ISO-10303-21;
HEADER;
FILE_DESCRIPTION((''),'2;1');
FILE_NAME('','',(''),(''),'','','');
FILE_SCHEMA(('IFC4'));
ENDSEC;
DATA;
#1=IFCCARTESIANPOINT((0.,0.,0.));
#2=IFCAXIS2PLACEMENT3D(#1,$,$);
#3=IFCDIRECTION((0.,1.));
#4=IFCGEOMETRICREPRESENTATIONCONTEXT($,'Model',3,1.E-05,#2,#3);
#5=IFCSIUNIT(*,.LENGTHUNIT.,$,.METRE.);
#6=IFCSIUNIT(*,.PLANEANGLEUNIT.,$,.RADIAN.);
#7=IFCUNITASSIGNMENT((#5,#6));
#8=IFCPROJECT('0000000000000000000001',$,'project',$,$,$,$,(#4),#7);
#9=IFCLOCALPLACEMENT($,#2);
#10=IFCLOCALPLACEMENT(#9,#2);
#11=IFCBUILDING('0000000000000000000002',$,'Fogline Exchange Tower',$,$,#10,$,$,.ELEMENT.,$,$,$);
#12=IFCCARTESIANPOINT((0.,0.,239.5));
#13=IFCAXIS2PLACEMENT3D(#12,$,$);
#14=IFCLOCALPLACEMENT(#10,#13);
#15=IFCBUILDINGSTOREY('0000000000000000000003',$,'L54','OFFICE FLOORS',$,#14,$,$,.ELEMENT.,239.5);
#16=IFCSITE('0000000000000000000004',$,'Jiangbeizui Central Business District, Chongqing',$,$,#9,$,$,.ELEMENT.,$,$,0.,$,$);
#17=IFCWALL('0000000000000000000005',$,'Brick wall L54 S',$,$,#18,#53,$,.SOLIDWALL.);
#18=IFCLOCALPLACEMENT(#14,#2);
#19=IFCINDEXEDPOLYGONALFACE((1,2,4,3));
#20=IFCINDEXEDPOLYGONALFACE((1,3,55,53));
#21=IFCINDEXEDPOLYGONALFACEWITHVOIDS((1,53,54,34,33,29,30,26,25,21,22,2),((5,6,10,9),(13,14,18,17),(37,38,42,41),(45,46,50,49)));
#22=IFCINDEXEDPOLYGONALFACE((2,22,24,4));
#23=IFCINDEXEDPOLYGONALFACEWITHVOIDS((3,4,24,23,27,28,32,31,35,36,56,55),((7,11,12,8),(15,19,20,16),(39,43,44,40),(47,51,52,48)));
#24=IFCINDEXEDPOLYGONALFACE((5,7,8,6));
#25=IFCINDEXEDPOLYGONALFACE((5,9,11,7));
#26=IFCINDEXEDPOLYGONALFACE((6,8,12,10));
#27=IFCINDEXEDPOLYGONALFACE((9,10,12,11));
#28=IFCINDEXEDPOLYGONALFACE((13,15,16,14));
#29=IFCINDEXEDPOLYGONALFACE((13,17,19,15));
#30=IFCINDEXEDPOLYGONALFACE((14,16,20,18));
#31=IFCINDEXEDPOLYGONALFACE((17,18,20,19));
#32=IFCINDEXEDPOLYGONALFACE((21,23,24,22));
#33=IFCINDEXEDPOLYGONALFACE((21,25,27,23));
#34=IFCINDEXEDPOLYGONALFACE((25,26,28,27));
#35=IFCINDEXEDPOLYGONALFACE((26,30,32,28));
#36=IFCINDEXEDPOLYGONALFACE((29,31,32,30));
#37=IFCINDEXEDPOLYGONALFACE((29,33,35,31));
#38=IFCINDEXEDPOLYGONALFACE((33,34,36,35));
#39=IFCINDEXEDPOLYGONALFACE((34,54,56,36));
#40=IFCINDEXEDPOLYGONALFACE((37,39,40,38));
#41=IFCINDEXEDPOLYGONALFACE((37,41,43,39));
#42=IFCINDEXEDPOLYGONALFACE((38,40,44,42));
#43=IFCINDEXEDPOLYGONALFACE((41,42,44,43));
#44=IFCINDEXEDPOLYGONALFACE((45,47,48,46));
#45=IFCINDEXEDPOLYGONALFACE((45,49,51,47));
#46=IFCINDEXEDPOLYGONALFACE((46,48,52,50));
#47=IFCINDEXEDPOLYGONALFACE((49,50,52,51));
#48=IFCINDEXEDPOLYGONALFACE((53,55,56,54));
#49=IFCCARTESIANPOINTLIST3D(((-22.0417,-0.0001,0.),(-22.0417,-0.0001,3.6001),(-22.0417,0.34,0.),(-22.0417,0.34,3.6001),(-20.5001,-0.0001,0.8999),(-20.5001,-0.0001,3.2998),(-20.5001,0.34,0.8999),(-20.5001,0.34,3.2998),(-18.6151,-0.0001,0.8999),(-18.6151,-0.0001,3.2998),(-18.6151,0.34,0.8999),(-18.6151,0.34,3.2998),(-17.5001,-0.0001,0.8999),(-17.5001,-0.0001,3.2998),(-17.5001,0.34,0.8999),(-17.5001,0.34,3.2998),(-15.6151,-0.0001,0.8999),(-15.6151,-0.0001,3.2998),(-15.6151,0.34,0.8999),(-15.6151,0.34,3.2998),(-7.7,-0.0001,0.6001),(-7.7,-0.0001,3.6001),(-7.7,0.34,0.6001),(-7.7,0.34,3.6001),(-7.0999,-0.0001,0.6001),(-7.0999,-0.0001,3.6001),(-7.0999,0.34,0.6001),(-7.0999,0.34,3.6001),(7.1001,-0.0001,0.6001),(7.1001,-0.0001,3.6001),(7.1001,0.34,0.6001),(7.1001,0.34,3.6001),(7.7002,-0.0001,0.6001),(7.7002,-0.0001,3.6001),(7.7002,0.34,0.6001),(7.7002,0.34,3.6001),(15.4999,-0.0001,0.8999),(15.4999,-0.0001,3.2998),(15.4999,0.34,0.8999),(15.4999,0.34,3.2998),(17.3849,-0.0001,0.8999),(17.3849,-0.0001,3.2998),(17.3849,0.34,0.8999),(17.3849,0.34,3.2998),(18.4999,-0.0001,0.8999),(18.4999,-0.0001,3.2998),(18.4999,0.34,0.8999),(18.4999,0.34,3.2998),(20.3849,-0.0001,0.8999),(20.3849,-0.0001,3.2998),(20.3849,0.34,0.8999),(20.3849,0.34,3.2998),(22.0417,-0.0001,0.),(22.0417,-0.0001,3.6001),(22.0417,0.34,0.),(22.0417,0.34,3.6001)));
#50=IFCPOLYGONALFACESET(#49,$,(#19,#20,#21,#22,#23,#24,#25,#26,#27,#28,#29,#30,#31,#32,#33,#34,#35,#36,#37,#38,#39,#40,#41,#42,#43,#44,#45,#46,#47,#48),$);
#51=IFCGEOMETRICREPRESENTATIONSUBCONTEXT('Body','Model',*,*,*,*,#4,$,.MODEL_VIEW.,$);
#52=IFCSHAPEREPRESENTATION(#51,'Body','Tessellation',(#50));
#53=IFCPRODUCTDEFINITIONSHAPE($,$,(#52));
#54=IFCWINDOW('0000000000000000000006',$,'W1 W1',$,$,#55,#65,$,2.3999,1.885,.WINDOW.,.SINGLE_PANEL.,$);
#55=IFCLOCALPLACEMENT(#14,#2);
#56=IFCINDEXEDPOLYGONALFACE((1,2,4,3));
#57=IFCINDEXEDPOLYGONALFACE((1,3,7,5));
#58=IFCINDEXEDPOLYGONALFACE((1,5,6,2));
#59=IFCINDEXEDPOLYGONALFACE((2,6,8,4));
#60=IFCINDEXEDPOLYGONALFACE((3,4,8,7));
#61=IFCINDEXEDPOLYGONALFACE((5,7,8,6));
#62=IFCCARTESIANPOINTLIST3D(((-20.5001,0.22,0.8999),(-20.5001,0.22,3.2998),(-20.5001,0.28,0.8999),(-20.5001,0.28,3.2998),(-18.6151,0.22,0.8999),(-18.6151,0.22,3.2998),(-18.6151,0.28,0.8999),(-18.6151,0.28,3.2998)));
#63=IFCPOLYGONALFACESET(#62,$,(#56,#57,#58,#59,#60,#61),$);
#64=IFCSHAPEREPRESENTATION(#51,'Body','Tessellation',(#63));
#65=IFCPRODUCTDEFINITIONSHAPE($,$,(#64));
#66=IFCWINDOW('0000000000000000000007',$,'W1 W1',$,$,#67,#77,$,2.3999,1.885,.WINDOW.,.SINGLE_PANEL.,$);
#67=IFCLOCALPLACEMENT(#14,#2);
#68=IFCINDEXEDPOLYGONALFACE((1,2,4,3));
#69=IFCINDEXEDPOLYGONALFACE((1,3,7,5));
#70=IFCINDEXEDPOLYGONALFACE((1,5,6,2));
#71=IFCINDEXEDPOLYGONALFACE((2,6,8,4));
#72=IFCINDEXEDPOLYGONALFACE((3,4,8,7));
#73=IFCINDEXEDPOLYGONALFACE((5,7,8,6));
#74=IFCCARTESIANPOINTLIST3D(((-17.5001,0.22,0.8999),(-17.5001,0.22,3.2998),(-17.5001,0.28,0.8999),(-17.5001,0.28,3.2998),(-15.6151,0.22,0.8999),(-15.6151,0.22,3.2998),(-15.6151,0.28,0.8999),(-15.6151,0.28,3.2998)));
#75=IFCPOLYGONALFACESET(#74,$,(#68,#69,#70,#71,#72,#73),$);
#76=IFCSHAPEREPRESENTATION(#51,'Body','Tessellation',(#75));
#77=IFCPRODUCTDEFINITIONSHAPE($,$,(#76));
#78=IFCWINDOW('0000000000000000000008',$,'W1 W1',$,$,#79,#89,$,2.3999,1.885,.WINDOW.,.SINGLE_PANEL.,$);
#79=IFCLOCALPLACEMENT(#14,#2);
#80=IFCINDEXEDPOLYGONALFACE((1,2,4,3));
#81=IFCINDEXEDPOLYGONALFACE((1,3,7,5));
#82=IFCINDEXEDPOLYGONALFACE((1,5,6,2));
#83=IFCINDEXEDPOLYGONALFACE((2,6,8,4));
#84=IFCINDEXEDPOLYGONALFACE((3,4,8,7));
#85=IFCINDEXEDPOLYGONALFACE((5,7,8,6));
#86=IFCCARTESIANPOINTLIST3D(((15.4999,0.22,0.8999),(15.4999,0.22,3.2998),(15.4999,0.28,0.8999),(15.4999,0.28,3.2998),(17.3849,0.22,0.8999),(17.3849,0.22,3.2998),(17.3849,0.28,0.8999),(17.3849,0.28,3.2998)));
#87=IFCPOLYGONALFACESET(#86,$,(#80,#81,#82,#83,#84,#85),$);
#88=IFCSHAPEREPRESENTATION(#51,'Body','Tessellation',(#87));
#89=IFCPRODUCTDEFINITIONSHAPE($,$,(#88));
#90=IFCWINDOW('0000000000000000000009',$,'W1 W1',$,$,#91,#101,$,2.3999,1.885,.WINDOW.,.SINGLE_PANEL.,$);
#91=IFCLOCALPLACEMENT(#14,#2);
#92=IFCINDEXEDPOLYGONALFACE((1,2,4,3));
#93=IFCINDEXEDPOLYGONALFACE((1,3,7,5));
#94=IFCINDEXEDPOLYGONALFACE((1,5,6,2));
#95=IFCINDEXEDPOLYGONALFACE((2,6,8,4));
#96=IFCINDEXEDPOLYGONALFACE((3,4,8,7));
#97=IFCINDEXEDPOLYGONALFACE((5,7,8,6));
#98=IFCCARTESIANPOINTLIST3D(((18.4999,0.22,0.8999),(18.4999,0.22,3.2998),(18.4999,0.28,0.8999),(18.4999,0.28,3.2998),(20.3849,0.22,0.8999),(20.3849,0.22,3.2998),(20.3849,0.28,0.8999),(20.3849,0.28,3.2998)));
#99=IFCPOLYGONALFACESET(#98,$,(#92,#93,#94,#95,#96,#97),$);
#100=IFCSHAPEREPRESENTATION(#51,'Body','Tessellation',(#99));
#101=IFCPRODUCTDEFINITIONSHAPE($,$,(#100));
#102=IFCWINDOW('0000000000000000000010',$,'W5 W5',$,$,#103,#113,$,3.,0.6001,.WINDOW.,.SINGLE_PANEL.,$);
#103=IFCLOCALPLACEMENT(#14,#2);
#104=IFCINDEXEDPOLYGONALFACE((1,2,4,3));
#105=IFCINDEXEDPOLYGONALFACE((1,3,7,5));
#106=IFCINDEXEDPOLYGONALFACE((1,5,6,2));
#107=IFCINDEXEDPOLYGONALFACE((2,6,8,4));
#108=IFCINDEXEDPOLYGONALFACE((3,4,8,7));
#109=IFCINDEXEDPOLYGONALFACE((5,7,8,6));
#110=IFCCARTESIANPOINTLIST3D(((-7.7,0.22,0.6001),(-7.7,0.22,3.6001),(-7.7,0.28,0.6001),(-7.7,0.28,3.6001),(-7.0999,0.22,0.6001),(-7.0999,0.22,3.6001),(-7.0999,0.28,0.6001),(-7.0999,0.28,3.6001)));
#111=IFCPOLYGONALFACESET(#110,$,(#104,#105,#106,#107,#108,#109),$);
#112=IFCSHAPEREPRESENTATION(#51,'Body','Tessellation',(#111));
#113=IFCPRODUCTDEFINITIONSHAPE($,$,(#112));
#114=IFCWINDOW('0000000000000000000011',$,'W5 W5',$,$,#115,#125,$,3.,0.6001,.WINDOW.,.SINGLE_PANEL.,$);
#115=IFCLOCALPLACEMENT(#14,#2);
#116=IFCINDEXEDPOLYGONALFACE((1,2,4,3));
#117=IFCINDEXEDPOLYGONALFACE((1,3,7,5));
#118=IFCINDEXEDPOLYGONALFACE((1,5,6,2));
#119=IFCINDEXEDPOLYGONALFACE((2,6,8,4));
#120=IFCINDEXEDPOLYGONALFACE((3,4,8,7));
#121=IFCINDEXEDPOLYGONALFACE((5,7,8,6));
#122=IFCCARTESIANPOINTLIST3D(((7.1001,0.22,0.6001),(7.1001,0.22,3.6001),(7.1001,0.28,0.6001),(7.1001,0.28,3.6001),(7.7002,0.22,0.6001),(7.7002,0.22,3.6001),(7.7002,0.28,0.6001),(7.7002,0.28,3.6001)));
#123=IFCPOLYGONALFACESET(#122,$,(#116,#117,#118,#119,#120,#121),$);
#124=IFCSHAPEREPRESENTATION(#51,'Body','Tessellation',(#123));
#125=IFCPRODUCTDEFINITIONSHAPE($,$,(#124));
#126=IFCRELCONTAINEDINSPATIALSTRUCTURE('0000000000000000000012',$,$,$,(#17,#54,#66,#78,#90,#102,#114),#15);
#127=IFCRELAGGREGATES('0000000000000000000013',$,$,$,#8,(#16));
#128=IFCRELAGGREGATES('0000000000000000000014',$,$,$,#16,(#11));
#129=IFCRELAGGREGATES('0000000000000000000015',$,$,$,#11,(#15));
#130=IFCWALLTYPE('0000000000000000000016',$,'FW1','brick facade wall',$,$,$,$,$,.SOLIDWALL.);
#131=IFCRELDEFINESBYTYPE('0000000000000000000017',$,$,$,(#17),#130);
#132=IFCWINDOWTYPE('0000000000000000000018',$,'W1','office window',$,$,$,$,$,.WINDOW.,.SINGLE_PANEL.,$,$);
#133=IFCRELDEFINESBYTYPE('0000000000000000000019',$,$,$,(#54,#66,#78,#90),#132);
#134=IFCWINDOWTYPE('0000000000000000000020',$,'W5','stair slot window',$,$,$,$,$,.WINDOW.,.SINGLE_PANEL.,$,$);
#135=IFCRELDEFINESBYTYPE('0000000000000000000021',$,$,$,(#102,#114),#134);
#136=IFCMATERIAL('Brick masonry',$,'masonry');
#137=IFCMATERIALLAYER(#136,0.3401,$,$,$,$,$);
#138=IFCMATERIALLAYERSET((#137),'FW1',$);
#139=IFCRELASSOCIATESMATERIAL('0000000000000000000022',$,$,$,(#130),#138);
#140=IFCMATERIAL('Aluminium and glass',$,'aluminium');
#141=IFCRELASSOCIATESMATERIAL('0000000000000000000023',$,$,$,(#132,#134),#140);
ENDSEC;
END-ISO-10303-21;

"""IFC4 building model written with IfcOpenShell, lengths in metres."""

from ifc_helpers import new_model, si_unit, direction, frame, frame_2d, origin, place, context, subcontext, project, spatial, rectangle, extrude, material, layer, layer_set, type_object, element, fill, save


model = new_model("IFC4")

# Units and contexts
model_context = context("Model", 3, precision=1e-05, world=origin(), true_north=direction((0.0, 1.0)))
body_context = subcontext(model_context, "Body", "Model", "MODEL_VIEW")
ifc_project = project(units=[si_unit("LENGTHUNIT", "METRE"), si_unit("PLANEANGLEUNIT", "RADIAN")], contexts=[model_context])

# Site, building, storey
site_placement = place(None, origin())
site = spatial("IfcSite", under=ifc_project, at=site_placement, Name="Jiangbeizui Central Business District, Chongqing", CompositionType="ELEMENT", RefElevation=0.0)
building_placement = place(site_placement, origin())
building = spatial("IfcBuilding", under=site, at=building_placement, Name="Fogline Exchange Tower", CompositionType="ELEMENT")
storey_placement = place(building_placement, frame((0.0, 0.0, 239.5)))
storey = spatial("IfcBuildingStorey", under=building, at=storey_placement, Name="L54", Description="OFFICE FLOORS", CompositionType="ELEMENT", Elevation=239.5)

# Shared definitions
ifc_material_1 = material(Name="Brick masonry", Category="masonry")
ifc_layer = layer(ifc_material_1, 0.3401)
ifc_layer_set = layer_set([ifc_layer], Name="FW1")
wall_type = type_object("IfcWallType", Name="FW1", Description="brick facade wall", PredefinedType="SOLIDWALL", material=ifc_layer_set)
ifc_material_2 = material(Name="Aluminium and glass", Category="aluminium")

# Wall, openings, windows
wall_1_placement = place(storey_placement, frame((-22.0417, 0.1699, 0.0), z_axis=(0.0, 0.0, 1.0), x_axis=(1.0, 0.0, 0.0)))
wall_1 = element("IfcWall", 1, at=wall_1_placement, inside=storey, type_object=wall_type, Name="Brick wall L54 S", PredefinedType="SOLIDWALL", context=body_context, shape_type="SweptSolid", body=[
    extrude(rectangle(XDim=44.0835, YDim=0.3401, at=frame_2d((22.0417, 0.0))), origin(), (0.0, 0.0, 1.0), 3.6001),
])
opening_1_placement = place(wall_1_placement, frame((1.5417, 0.0, 0.8999)))
opening_1 = element("IfcOpeningElement", 2, at=opening_1_placement, cuts=wall_1, PredefinedType="OPENING", context=body_context, shape_type="SweptSolid", body=[
    extrude(rectangle(XDim=1.885, YDim=2.3999, at=frame_2d((0.9424, 1.2))), frame((0.0, 0.1802, 0.0), z_axis=(0.0, -1.0, 0.0), x_axis=(1.0, 0.0, 0.0)), (0.0, 0.0, 1.0), 0.3601),
])
opening_2_placement = place(wall_1_placement, frame((4.5417, 0.0, 0.8999)))
opening_2 = element("IfcOpeningElement", 3, at=opening_2_placement, cuts=wall_1, PredefinedType="OPENING", context=body_context, shape_type="SweptSolid", body=[
    extrude(rectangle(XDim=1.885, YDim=2.3999, at=frame_2d((0.9424, 1.2))), frame((0.0, 0.1802, 0.0), z_axis=(0.0, -1.0, 0.0), x_axis=(1.0, 0.0, 0.0)), (0.0, 0.0, 1.0), 0.3601),
])
opening_3_placement = place(wall_1_placement, frame((37.5417, 0.0, 0.8999)))
opening_3 = element("IfcOpeningElement", 4, at=opening_3_placement, cuts=wall_1, PredefinedType="OPENING", context=body_context, shape_type="SweptSolid", body=[
    extrude(rectangle(XDim=1.885, YDim=2.3999, at=frame_2d((0.9424, 1.2))), frame((0.0, 0.1802, 0.0), z_axis=(0.0, -1.0, 0.0), x_axis=(1.0, 0.0, 0.0)), (0.0, 0.0, 1.0), 0.3601),
])
opening_4_placement = place(wall_1_placement, frame((40.5417, 0.0, 0.8999)))
opening_4 = element("IfcOpeningElement", 5, at=opening_4_placement, cuts=wall_1, PredefinedType="OPENING", context=body_context, shape_type="SweptSolid", body=[
    extrude(rectangle(XDim=1.885, YDim=2.3999, at=frame_2d((0.9424, 1.2))), frame((0.0, 0.1802, 0.0), z_axis=(0.0, -1.0, 0.0), x_axis=(1.0, 0.0, 0.0)), (0.0, 0.0, 1.0), 0.3601),
])
opening_5_placement = place(wall_1_placement, frame((14.3418, 0.0, 0.6001)))
opening_5 = element("IfcOpeningElement", 6, at=opening_5_placement, cuts=wall_1, PredefinedType="OPENING", context=body_context, shape_type="SweptSolid", body=[
    extrude(rectangle(XDim=0.6001, YDim=3.0, at=frame_2d((0.3, 1.5))), frame((0.0, 0.1802, 0.0), z_axis=(0.0, -1.0, 0.0), x_axis=(1.0, 0.0, 0.0)), (0.0, 0.0, 1.0), 0.3601),
])
opening_6_placement = place(wall_1_placement, frame((29.1418, 0.0, 0.6001)))
opening_6 = element("IfcOpeningElement", 7, at=opening_6_placement, cuts=wall_1, PredefinedType="OPENING", context=body_context, shape_type="SweptSolid", body=[
    extrude(rectangle(XDim=0.6001, YDim=3.0, at=frame_2d((0.3, 1.5))), frame((0.0, 0.1802, 0.0), z_axis=(0.0, -1.0, 0.0), x_axis=(1.0, 0.0, 0.0)), (0.0, 0.0, 1.0), 0.3601),
])
window_type_1 = type_object("IfcWindowType", Name="W1", Description="office window", PartitioningType="SINGLE_PANEL", PredefinedType="WINDOW", material=ifc_material_2)
window_1_placement = place(opening_1_placement, origin())
window_1 = element("IfcWindow", 8, at=window_1_placement, inside=storey, type_object=window_type_1, Name="W1 W1", OverallHeight=2.3999, OverallWidth=1.885, PartitioningType="SINGLE_PANEL", PredefinedType="WINDOW", context=body_context, shape_type="SweptSolid", body=[
    extrude(rectangle(XDim=1.885, YDim=2.3999, at=frame_2d((0.9424, 1.2))), frame((0.0, 0.1101, 0.0), z_axis=(0.0, -1.0, 0.0), x_axis=(1.0, 0.0, 0.0)), (0.0, 0.0, 1.0), 0.0601),
])
fill(opening_1, window_1)
window_2_placement = place(opening_2_placement, origin())
window_2 = element("IfcWindow", 9, at=window_2_placement, inside=storey, type_object=window_type_1, Name="W1 W1", OverallHeight=2.3999, OverallWidth=1.885, PartitioningType="SINGLE_PANEL", PredefinedType="WINDOW", context=body_context, shape_type="SweptSolid", body=[
    extrude(rectangle(XDim=1.885, YDim=2.3999, at=frame_2d((0.9424, 1.2))), frame((0.0, 0.1101, 0.0), z_axis=(0.0, -1.0, 0.0), x_axis=(1.0, 0.0, 0.0)), (0.0, 0.0, 1.0), 0.0601),
])
fill(opening_2, window_2)
window_3_placement = place(opening_3_placement, origin())
window_3 = element("IfcWindow", 10, at=window_3_placement, inside=storey, type_object=window_type_1, Name="W1 W1", OverallHeight=2.3999, OverallWidth=1.885, PartitioningType="SINGLE_PANEL", PredefinedType="WINDOW", context=body_context, shape_type="SweptSolid", body=[
    extrude(rectangle(XDim=1.885, YDim=2.3999, at=frame_2d((0.9424, 1.2))), frame((0.0, 0.1101, 0.0), z_axis=(0.0, -1.0, 0.0), x_axis=(1.0, 0.0, 0.0)), (0.0, 0.0, 1.0), 0.0601),
])
fill(opening_3, window_3)
window_4_placement = place(opening_4_placement, origin())
window_4 = element("IfcWindow", 11, at=window_4_placement, inside=storey, type_object=window_type_1, Name="W1 W1", OverallHeight=2.3999, OverallWidth=1.885, PartitioningType="SINGLE_PANEL", PredefinedType="WINDOW", context=body_context, shape_type="SweptSolid", body=[
    extrude(rectangle(XDim=1.885, YDim=2.3999, at=frame_2d((0.9424, 1.2))), frame((0.0, 0.1101, 0.0), z_axis=(0.0, -1.0, 0.0), x_axis=(1.0, 0.0, 0.0)), (0.0, 0.0, 1.0), 0.0601),
])
fill(opening_4, window_4)
window_type_2 = type_object("IfcWindowType", Name="W5", Description="stair slot window", PartitioningType="SINGLE_PANEL", PredefinedType="WINDOW", material=ifc_material_2)
window_5_placement = place(opening_5_placement, origin())
window_5 = element("IfcWindow", 12, at=window_5_placement, inside=storey, type_object=window_type_2, Name="W5 W5", OverallHeight=3.0, OverallWidth=0.6001, PartitioningType="SINGLE_PANEL", PredefinedType="WINDOW", context=body_context, shape_type="SweptSolid", body=[
    extrude(rectangle(XDim=0.6001, YDim=3.0, at=frame_2d((0.3, 1.5))), frame((0.0, 0.1101, 0.0), z_axis=(0.0, -1.0, 0.0), x_axis=(1.0, 0.0, 0.0)), (0.0, 0.0, 1.0), 0.0601),
])
fill(opening_5, window_5)
window_6_placement = place(opening_6_placement, origin())
window_6 = element("IfcWindow", 13, at=window_6_placement, inside=storey, type_object=window_type_2, Name="W5 W5", OverallHeight=3.0, OverallWidth=0.6001, PartitioningType="SINGLE_PANEL", PredefinedType="WINDOW", context=body_context, shape_type="SweptSolid", body=[
    extrude(rectangle(XDim=0.6001, YDim=3.0, at=frame_2d((0.3, 1.5))), frame((0.0, 0.1101, 0.0), z_axis=(0.0, -1.0, 0.0), x_axis=(1.0, 0.0, 0.0)), (0.0, 0.0, 1.0), 0.0601),
])
fill(opening_6, window_6)

save(model, "model.ifc")
